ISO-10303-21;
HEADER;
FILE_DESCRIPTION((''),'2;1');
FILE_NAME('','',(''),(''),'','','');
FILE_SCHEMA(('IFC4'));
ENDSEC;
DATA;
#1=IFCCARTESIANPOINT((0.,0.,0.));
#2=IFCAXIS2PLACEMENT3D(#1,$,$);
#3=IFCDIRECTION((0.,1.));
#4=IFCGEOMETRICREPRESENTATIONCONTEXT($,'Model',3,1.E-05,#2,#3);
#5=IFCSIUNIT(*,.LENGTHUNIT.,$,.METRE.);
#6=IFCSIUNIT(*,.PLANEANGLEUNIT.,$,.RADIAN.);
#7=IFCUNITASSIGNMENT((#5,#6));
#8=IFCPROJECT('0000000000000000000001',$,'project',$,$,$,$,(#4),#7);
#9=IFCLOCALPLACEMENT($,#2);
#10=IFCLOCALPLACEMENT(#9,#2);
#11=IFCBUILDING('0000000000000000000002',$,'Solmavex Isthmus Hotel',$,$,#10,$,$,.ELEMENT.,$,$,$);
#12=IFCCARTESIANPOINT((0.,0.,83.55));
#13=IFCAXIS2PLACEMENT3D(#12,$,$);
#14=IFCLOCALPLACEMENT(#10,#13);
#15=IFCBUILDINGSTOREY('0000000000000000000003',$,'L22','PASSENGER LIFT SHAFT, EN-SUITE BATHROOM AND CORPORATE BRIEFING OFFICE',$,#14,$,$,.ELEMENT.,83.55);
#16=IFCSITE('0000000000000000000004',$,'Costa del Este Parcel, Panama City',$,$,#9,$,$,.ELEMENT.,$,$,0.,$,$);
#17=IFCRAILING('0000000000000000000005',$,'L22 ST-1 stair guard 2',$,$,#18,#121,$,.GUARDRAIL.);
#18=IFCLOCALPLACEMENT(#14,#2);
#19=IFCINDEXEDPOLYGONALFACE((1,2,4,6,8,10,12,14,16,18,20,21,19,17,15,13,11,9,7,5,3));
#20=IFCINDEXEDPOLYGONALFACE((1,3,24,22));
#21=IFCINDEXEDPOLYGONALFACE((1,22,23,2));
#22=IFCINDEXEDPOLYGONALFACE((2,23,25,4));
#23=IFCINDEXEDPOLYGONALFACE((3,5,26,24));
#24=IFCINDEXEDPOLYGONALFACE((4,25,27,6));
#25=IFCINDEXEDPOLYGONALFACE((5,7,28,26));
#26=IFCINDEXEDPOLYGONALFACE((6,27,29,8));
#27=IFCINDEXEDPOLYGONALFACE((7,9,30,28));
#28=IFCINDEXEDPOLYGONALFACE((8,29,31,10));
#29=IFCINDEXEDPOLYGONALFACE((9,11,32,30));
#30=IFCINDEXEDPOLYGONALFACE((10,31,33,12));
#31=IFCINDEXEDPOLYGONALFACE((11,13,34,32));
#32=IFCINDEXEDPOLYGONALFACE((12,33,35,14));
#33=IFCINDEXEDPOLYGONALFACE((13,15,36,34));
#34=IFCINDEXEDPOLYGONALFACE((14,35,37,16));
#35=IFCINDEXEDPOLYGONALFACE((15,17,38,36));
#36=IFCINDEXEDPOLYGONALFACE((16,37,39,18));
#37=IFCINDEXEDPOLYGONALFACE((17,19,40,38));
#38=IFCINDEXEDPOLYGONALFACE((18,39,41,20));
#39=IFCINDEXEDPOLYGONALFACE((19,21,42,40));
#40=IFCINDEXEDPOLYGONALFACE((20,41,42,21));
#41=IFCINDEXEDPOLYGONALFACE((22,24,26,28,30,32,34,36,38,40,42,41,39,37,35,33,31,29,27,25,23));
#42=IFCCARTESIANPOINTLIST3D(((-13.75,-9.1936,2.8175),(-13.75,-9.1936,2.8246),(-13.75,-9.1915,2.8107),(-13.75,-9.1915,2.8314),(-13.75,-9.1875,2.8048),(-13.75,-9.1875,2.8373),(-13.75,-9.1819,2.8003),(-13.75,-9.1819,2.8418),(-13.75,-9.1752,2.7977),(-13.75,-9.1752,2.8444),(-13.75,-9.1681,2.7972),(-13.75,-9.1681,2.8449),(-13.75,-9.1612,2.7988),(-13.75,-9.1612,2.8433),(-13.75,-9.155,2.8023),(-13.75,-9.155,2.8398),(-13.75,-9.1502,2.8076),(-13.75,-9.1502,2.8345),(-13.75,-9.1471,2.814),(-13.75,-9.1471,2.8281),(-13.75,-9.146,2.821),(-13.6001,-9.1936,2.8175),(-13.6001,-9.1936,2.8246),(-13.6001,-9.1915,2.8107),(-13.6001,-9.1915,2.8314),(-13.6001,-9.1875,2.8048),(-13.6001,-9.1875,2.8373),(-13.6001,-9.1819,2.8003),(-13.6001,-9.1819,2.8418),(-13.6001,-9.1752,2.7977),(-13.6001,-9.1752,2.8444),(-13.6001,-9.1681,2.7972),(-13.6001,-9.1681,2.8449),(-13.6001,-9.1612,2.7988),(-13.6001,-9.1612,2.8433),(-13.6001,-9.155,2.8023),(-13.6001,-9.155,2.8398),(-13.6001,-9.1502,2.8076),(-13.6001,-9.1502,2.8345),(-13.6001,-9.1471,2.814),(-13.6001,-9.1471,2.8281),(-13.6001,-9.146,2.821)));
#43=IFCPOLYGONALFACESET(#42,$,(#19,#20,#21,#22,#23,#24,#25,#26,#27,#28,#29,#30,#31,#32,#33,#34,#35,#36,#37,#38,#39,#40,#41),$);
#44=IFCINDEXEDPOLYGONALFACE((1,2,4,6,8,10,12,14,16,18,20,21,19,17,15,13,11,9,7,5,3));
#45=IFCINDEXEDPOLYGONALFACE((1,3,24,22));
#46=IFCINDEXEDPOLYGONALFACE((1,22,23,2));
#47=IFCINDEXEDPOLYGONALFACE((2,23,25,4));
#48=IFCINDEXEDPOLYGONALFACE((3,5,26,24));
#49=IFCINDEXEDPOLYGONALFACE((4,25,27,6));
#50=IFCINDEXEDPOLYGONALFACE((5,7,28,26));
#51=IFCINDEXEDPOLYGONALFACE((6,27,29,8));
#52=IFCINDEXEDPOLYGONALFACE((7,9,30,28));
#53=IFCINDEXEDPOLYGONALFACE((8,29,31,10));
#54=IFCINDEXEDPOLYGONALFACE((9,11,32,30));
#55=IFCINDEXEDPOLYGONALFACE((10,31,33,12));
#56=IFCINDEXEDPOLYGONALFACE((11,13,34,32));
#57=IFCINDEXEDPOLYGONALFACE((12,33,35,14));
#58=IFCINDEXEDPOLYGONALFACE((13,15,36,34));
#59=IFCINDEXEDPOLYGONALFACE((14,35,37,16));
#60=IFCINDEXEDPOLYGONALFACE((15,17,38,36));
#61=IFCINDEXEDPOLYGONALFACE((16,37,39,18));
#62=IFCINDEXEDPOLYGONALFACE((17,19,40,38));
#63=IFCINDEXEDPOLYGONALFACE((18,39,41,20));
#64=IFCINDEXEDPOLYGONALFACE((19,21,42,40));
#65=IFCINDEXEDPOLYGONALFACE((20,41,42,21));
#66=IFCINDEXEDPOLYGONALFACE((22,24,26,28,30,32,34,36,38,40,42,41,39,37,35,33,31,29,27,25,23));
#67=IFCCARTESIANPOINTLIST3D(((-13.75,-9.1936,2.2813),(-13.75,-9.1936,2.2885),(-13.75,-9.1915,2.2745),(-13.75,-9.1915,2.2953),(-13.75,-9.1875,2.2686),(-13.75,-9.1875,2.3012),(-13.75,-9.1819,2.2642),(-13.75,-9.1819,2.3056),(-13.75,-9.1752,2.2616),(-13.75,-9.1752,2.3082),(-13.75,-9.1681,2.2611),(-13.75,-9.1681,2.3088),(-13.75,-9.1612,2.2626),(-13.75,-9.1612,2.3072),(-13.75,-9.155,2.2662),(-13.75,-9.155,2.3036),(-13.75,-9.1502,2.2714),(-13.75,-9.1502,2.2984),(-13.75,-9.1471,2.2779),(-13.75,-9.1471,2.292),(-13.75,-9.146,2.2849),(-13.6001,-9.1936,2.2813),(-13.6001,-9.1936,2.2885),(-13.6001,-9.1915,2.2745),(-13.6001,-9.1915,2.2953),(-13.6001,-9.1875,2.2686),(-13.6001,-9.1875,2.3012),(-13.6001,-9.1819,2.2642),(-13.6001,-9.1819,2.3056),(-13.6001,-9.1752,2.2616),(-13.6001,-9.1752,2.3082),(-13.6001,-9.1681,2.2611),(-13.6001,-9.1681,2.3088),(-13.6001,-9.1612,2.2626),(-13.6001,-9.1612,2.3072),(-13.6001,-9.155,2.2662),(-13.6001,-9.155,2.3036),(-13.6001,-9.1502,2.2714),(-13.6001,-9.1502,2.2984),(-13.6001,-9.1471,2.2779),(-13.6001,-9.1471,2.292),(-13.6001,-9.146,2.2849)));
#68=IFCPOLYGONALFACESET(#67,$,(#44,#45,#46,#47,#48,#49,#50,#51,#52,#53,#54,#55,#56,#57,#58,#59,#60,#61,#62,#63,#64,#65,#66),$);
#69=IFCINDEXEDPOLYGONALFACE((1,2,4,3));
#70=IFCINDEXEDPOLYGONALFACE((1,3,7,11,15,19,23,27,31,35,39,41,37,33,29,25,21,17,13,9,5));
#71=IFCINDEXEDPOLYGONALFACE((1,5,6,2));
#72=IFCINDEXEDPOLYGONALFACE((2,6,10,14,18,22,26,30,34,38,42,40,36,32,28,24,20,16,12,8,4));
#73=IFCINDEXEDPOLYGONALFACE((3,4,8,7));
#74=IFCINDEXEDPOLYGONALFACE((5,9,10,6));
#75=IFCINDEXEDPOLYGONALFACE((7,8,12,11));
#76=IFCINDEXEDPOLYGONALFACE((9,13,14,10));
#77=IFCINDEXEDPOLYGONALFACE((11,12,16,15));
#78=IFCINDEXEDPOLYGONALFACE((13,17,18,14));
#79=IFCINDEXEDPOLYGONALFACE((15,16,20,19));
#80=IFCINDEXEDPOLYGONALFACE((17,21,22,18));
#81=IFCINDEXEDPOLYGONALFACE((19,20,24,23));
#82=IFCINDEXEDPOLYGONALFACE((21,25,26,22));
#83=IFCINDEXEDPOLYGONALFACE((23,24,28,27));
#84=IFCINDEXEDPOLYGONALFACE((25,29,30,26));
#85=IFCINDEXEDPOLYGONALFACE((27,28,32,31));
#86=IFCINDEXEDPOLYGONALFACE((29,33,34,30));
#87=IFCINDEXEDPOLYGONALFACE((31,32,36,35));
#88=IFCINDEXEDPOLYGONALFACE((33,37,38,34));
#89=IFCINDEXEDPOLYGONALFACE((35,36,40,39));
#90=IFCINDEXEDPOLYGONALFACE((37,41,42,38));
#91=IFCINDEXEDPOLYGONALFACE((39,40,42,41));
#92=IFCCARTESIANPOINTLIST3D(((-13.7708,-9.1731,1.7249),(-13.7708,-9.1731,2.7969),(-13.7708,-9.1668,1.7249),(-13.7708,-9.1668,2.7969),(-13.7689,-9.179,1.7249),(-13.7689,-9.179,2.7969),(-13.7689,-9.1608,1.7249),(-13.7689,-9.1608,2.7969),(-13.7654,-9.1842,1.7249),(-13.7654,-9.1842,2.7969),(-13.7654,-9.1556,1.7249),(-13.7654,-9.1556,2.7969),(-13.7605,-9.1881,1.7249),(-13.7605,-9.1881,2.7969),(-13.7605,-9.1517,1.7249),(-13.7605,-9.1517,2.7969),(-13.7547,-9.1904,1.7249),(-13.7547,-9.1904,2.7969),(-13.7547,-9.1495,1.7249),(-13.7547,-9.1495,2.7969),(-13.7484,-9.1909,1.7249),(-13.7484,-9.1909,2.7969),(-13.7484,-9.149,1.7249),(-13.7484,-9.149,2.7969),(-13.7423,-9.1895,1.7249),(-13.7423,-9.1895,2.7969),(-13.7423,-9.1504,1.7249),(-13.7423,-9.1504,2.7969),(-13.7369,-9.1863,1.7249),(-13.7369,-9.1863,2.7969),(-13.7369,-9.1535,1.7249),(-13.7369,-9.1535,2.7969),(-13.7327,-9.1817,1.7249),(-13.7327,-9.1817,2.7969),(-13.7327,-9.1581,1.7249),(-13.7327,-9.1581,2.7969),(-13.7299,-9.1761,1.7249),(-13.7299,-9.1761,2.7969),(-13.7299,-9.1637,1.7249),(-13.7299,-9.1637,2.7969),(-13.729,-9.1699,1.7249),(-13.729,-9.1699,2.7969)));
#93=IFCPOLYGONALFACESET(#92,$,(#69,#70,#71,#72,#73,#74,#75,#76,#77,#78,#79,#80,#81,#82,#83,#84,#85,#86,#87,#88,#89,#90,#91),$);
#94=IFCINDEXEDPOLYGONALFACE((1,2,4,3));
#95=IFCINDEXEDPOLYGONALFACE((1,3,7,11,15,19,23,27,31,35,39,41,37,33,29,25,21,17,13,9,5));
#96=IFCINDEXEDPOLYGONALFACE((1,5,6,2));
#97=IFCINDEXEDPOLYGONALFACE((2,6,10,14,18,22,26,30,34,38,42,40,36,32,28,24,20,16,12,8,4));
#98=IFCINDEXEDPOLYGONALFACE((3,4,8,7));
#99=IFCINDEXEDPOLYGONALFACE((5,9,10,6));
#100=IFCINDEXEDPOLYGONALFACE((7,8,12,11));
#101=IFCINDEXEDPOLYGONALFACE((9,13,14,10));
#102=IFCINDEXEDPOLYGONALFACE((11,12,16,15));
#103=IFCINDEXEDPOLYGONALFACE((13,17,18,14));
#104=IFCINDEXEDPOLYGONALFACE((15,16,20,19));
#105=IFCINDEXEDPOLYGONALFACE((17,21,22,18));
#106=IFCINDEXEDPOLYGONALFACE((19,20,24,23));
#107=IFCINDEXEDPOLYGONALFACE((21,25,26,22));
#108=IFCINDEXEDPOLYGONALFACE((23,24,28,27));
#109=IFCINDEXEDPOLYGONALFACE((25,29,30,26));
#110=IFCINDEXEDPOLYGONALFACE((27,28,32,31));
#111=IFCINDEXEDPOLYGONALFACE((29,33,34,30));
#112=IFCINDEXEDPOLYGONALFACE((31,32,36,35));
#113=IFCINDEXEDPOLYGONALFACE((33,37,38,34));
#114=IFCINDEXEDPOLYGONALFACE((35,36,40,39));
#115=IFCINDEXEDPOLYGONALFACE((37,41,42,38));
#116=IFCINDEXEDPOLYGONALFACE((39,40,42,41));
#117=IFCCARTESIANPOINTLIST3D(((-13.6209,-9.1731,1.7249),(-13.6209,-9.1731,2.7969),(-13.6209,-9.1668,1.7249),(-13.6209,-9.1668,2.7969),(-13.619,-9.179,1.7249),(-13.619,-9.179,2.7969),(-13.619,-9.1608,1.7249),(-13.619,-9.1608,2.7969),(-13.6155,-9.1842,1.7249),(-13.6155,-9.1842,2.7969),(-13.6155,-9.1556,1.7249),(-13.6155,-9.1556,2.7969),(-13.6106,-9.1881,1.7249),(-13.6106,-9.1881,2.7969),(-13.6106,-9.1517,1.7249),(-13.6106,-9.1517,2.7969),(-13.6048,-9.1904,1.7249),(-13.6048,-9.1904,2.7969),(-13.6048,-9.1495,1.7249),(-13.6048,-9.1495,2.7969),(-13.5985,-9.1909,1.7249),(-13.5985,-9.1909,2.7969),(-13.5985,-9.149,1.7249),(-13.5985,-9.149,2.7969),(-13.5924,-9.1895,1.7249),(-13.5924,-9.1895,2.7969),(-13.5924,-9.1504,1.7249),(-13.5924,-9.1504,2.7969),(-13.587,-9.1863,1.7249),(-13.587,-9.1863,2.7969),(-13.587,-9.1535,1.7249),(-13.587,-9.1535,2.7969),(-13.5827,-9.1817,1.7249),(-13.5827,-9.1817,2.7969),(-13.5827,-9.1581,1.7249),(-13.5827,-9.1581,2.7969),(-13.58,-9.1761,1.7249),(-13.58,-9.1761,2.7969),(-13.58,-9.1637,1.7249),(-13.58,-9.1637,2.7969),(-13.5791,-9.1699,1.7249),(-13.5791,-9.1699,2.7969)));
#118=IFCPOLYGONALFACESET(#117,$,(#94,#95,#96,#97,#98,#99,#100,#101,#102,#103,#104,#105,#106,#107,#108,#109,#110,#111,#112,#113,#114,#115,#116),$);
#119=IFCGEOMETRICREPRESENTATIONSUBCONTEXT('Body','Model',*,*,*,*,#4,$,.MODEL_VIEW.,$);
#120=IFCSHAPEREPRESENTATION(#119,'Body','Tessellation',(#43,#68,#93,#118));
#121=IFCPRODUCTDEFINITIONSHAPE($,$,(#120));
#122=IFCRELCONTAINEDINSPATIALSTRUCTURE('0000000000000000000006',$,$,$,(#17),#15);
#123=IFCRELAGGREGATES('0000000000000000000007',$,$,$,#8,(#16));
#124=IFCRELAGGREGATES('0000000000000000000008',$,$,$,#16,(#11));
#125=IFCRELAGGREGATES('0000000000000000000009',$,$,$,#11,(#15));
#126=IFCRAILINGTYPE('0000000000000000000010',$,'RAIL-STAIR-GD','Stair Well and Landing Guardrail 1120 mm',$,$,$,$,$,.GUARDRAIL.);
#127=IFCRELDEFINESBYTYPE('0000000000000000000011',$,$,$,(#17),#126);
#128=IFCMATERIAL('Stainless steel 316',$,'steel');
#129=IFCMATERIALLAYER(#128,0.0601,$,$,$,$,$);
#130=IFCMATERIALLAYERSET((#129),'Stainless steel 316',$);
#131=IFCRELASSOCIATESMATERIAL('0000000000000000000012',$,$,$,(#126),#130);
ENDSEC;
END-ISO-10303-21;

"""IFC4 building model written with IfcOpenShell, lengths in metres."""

from ifc_helpers import new_model, si_unit, direction, frame, origin, origin_2d, place, context, subcontext, project, spatial, circle, extrude, material, layer, layer_set, type_object, element, save


model = new_model("IFC4")

# Units and contexts
model_context = context("Model", 3, precision=1e-05, world=origin(), true_north=direction((0.0, 1.0)))
body_context = subcontext(model_context, "Body", "Model", "MODEL_VIEW")
ifc_project = project(units=[si_unit("LENGTHUNIT", "METRE"), si_unit("PLANEANGLEUNIT", "RADIAN")], contexts=[model_context])

# Site, building, storey
site_placement = place(None, origin())
site = spatial("IfcSite", under=ifc_project, at=site_placement, Name="Costa del Este Parcel, Panama City", CompositionType="ELEMENT", RefElevation=0.0)
building_placement = place(site_placement, origin())
building = spatial("IfcBuilding", under=site, at=building_placement, Name="Solmavex Isthmus Hotel", CompositionType="ELEMENT")
storey_placement = place(building_placement, frame((0.0, 0.0, 83.55)))
storey = spatial("IfcBuildingStorey", under=building, at=storey_placement, Name="L22", Description="PASSENGER LIFT SHAFT, EN-SUITE BATHROOM AND CORPORATE BRIEFING OFFICE", CompositionType="ELEMENT", Elevation=83.55)

# Railing
ifc_material_1 = material(Name="Stainless steel 316", Category="steel")
ifc_layer_1 = layer(ifc_material_1, 0.0601)
ifc_layer_set_1 = layer_set([ifc_layer_1], Name="Stainless steel 316")
railing_type = type_object("IfcRailingType", Name="RAIL-STAIR-GD", Description="Stair Well and Landing Guardrail 1120 mm", PredefinedType="GUARDRAIL", material=ifc_layer_set_1)
railing_1_placement = place(storey_placement, frame((-13.75, -9.1699, 1.7249)))
element("IfcRailing", 1, at=railing_1_placement, inside=storey, type_object=railing_type, Name="L22 ST-1 stair guard 2", PredefinedType="GUARDRAIL", context=body_context, shape_type="SweptSolid", body=[
    extrude(circle(Radius=0.0239, at=origin_2d()), frame((0.0, 0.0, 1.0962), z_axis=(1.0, 0.0, 0.0), x_axis=(0.0, 1.0, 0.0)), (0.0, 0.0, 1.0), 0.1499),
    extrude(circle(Radius=0.0239, at=origin_2d()), frame((0.0, 0.0, 0.5601), z_axis=(1.0, 0.0, 0.0), x_axis=(0.0, 1.0, 0.0)), (0.0, 0.0, 1.0), 0.1499),
    extrude(circle(Radius=0.021, at=origin_2d()), origin(), (0.0, 0.0, 1.0), 1.072),
    extrude(circle(Radius=0.021, at=origin_2d()), frame((0.1499, 0.0, 0.0)), (0.0, 0.0, 1.0), 1.072),
])

save(model, "model.ifc")
